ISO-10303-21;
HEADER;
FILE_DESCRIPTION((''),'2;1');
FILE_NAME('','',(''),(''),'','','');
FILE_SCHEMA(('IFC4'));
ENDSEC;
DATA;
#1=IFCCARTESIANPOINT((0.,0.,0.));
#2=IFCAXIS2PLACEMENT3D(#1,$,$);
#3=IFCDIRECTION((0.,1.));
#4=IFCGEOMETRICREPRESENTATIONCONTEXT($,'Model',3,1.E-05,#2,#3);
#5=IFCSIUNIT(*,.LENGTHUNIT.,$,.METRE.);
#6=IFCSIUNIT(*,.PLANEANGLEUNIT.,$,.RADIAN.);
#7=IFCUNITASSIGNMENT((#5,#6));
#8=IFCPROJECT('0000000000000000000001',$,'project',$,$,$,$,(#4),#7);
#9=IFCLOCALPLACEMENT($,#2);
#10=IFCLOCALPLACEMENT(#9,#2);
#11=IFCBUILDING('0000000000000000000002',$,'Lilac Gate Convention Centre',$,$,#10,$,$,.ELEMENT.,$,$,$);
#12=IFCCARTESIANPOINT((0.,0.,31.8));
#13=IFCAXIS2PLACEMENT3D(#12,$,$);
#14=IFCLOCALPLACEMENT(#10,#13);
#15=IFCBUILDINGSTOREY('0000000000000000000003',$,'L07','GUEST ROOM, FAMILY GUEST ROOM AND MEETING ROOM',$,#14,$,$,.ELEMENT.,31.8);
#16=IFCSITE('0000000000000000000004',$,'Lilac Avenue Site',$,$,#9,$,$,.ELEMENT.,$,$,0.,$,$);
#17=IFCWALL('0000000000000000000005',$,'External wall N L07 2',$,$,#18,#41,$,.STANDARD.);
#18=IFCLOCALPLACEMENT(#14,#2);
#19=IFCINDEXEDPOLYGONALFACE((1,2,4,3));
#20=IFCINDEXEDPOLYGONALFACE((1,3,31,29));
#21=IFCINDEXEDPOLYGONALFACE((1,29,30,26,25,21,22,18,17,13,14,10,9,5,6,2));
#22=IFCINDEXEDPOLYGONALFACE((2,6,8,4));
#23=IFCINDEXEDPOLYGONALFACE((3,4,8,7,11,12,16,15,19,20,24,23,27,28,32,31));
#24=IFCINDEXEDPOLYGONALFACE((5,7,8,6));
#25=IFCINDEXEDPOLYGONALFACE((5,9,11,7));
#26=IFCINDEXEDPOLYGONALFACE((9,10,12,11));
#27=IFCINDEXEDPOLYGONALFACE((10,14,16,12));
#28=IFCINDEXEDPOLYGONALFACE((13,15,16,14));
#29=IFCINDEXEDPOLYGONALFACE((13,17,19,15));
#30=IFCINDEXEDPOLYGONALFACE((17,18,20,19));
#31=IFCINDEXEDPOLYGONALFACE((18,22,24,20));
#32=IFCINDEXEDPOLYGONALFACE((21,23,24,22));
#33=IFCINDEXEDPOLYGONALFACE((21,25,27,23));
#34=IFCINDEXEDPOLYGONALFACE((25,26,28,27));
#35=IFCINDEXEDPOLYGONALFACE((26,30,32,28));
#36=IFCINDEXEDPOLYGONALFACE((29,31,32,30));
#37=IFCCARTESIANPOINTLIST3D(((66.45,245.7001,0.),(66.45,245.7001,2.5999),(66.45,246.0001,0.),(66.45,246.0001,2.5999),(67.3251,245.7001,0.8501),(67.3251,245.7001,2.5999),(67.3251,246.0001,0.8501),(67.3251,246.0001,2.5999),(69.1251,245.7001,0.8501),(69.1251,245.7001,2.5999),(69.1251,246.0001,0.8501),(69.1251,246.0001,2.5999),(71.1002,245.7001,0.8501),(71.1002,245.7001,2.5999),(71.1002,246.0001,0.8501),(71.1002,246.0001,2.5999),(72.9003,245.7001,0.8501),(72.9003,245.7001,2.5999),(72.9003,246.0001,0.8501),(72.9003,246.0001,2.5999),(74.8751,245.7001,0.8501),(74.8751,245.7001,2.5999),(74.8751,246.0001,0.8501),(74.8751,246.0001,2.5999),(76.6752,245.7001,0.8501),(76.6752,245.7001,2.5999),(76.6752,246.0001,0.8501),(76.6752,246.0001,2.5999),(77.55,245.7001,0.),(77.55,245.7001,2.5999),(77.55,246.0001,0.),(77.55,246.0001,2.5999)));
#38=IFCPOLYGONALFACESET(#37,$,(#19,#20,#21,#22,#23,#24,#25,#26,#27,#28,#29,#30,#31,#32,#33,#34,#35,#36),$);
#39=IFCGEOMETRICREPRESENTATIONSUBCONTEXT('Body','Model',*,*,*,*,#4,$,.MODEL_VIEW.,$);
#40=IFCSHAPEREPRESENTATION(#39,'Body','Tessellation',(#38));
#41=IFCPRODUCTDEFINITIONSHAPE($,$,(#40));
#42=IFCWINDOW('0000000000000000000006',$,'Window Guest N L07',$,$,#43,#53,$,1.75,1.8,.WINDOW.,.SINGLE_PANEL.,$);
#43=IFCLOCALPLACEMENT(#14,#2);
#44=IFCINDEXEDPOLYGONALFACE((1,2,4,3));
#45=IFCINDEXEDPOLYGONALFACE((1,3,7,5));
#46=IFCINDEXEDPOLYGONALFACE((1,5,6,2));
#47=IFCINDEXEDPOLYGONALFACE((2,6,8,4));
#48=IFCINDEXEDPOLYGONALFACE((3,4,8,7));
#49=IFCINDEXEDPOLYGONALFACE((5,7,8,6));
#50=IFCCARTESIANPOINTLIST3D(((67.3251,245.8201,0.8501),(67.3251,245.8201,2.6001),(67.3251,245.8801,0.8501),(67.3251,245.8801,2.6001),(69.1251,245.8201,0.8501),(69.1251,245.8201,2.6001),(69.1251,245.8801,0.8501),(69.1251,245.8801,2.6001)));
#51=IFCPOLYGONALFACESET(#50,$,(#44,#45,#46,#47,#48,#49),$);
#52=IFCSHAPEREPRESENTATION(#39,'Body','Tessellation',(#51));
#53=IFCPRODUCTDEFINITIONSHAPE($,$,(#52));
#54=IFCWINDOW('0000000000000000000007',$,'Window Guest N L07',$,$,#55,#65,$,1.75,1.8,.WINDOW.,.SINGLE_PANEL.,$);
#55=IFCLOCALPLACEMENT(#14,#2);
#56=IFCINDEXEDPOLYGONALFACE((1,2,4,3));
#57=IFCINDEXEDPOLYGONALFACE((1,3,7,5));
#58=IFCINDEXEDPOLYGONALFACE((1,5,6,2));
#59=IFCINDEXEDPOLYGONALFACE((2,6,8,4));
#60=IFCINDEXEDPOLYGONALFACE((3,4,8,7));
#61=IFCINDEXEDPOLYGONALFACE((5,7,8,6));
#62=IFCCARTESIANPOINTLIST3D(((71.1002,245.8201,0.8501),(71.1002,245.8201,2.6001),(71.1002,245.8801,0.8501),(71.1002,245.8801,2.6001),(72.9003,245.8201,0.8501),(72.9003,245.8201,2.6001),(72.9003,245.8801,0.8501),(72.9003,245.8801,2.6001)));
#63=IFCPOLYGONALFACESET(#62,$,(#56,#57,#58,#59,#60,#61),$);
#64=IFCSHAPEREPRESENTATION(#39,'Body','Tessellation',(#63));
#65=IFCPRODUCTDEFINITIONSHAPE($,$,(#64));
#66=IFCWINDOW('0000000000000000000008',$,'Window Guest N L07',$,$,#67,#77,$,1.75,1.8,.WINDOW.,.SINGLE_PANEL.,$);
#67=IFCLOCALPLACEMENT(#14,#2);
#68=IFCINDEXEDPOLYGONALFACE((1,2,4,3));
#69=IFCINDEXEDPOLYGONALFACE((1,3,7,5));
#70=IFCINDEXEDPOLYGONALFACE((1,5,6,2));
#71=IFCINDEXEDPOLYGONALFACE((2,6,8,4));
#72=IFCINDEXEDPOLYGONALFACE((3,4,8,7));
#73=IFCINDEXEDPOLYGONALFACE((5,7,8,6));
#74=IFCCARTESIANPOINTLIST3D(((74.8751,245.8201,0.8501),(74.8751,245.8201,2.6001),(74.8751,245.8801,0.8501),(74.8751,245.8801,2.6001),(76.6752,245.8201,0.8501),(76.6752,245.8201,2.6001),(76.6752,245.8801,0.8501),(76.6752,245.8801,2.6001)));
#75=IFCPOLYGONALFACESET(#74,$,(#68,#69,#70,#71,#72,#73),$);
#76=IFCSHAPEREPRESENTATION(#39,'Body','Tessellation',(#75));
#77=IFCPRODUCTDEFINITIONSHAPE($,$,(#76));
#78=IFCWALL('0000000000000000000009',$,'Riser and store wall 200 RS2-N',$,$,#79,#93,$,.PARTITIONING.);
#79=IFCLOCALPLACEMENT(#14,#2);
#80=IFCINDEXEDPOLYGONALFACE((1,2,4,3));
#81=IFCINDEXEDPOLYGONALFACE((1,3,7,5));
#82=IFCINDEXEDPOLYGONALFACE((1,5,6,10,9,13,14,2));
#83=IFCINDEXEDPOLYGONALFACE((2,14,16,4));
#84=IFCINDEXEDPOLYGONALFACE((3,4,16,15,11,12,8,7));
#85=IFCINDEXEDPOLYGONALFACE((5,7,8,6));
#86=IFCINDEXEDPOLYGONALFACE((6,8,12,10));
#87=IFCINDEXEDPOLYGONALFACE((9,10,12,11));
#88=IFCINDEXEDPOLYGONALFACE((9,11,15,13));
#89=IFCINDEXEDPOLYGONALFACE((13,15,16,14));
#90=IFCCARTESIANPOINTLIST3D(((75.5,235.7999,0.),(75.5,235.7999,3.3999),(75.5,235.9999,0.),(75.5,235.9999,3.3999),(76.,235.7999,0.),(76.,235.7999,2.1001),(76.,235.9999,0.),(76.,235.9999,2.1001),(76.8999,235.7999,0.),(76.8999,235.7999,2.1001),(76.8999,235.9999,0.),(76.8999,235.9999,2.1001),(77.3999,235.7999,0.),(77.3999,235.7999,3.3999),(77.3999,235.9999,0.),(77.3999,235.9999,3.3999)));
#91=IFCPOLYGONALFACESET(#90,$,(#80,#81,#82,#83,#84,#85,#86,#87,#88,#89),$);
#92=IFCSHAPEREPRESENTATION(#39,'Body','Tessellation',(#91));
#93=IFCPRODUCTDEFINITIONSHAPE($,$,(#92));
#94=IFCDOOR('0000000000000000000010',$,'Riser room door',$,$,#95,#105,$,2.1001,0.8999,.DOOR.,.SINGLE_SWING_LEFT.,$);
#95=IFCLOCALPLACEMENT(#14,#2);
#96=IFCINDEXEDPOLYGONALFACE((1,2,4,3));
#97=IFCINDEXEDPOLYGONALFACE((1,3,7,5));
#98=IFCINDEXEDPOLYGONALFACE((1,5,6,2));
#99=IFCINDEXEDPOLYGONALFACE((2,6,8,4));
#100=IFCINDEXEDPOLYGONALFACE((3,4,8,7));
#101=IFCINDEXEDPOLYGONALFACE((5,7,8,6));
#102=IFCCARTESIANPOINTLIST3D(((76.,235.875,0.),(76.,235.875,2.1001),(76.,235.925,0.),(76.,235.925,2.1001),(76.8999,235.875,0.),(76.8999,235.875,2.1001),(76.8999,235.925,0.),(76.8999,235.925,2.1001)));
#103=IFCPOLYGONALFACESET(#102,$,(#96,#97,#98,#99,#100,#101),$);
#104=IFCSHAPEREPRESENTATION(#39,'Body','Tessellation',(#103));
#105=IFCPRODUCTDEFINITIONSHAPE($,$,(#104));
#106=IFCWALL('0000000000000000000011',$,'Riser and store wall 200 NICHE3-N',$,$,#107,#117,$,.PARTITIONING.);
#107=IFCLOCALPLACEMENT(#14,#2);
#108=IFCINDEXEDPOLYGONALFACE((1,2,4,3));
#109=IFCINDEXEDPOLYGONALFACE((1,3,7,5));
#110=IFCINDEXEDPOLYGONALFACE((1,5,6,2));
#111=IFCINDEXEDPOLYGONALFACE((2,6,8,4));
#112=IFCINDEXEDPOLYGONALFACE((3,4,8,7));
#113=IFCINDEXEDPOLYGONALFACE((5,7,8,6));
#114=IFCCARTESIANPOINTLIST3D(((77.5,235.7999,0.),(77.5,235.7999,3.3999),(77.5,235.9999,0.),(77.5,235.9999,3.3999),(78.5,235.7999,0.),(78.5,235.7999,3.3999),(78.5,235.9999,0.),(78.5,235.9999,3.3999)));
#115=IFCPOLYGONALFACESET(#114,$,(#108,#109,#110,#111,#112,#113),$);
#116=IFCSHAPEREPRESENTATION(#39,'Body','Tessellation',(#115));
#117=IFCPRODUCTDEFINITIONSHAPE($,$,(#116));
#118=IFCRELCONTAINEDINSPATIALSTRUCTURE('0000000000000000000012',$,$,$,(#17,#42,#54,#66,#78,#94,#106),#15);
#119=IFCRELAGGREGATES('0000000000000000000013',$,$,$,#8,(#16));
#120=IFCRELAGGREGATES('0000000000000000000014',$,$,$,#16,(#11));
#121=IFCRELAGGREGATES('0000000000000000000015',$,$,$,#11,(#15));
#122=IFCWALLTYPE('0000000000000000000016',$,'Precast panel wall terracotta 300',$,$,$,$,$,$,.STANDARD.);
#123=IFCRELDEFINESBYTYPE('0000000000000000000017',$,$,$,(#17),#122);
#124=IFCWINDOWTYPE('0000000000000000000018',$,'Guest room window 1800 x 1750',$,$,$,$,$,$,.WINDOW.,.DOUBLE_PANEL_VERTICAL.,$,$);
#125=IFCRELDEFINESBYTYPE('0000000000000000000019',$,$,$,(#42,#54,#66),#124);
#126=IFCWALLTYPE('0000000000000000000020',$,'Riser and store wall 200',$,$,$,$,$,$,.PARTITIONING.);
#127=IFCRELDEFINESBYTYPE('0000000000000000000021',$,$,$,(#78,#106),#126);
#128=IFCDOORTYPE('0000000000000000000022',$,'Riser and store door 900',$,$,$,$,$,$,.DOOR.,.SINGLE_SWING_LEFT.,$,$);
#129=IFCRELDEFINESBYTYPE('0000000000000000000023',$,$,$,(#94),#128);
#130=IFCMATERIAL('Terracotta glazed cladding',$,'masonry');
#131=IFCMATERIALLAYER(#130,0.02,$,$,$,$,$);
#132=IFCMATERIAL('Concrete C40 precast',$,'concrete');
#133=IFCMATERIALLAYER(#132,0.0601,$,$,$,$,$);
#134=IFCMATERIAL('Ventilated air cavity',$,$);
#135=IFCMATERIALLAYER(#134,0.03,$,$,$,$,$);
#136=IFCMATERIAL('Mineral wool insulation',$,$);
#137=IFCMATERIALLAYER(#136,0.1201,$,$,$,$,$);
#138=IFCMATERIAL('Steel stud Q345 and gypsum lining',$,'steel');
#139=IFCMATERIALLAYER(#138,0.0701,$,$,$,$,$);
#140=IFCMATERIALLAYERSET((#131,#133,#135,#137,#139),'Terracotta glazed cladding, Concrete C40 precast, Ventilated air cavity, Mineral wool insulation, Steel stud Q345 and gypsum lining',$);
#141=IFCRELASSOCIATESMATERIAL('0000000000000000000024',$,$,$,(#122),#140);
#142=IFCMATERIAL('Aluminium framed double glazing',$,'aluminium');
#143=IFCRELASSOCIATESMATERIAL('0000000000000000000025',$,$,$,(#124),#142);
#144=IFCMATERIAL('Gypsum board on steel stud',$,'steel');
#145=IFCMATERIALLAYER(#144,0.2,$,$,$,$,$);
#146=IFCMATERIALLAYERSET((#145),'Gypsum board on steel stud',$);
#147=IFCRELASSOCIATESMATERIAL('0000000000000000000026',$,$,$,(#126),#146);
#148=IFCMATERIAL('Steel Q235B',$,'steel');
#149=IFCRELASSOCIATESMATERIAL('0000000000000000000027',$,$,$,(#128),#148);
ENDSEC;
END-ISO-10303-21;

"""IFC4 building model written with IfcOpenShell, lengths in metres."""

from ifc_helpers import new_model, si_unit, direction, frame, frame_2d, origin, place, context, subcontext, project, spatial, rectangle, extrude, material, layer, layer_set, type_object, element, fill, save


model = new_model("IFC4")

# Units and contexts
model_context = context("Model", 3, precision=1e-05, world=origin(), true_north=direction((0.0, 1.0)))
body_context = subcontext(model_context, "Body", "Model", "MODEL_VIEW")
ifc_project = project(units=[si_unit("LENGTHUNIT", "METRE"), si_unit("PLANEANGLEUNIT", "RADIAN")], contexts=[model_context])

# Site, building, storey
site_placement = place(None, origin())
site = spatial("IfcSite", under=ifc_project, at=site_placement, Name="Lilac Avenue Site", CompositionType="ELEMENT", RefElevation=0.0)
building_placement = place(site_placement, origin())
building = spatial("IfcBuilding", under=site, at=building_placement, Name="Lilac Gate Convention Centre", CompositionType="ELEMENT")
storey_placement = place(building_placement, frame((0.0, 0.0, 31.8)))
storey = spatial("IfcBuildingStorey", under=building, at=storey_placement, Name="L07", Description="GUEST ROOM, FAMILY GUEST ROOM AND MEETING ROOM", CompositionType="ELEMENT", Elevation=31.8)

# Shared definitions
ifc_material_1 = material(Name="Gypsum board on steel stud", Category="steel")

# Wall, openings, windows
ifc_material_2 = material(Name="Terracotta glazed cladding", Category="masonry")
ifc_layer_1 = layer(ifc_material_2, 0.02)
ifc_material_3 = material(Name="Concrete C40 precast", Category="concrete")
ifc_layer_2 = layer(ifc_material_3, 0.0601)
ifc_material_4 = material(Name="Ventilated air cavity")
ifc_layer_3 = layer(ifc_material_4, 0.03)
ifc_material_5 = material(Name="Mineral wool insulation")
ifc_layer_4 = layer(ifc_material_5, 0.1201)
ifc_material_6 = material(Name="Steel stud Q345 and gypsum lining", Category="steel")
ifc_layer_5 = layer(ifc_material_6, 0.0701)
ifc_layer_set_1 = layer_set([ifc_layer_1, ifc_layer_2, ifc_layer_3, ifc_layer_4, ifc_layer_5], Name="Terracotta glazed cladding, Concrete C40 precast, Ventilated air cavity, Mineral wool insulation, Steel stud Q345 and gypsum lining")
wall_type_1 = type_object("IfcWallType", Name="Precast panel wall terracotta 300", PredefinedType="STANDARD", material=ifc_layer_set_1)
wall_1_placement = place(storey_placement, frame((77.55, 245.8501, 0.0), z_axis=(0.0, 0.0, 1.0), x_axis=(-1.0, 0.0, 0.0)))
wall_1 = element("IfcWall", 1, at=wall_1_placement, inside=storey, type_object=wall_type_1, Name="External wall N L07 2", PredefinedType="STANDARD", context=body_context, shape_type="SweptSolid", body=[
    extrude(rectangle(XDim=11.1001, YDim=0.3, at=frame_2d((5.55, 0.0))), origin(), (0.0, 0.0, 1.0), 2.5999),
])
opening_1_placement = place(wall_1_placement, frame((8.425, 0.0, 0.8501)))
opening_1 = element("IfcOpeningElement", 2, at=opening_1_placement, cuts=wall_1, PredefinedType="OPENING", context=body_context, shape_type="SweptSolid", body=[
    extrude(rectangle(XDim=1.8, YDim=1.75, at=frame_2d((0.8999, 0.875))), frame((0.0, 0.1599, 0.0), z_axis=(0.0, -1.0, 0.0), x_axis=(1.0, 0.0, 0.0)), (0.0, 0.0, 1.0), 0.3201),
])
opening_2_placement = place(wall_1_placement, frame((4.6499, 0.0, 0.8501)))
opening_2 = element("IfcOpeningElement", 3, at=opening_2_placement, cuts=wall_1, PredefinedType="OPENING", context=body_context, shape_type="SweptSolid", body=[
    extrude(rectangle(XDim=1.8, YDim=1.75, at=frame_2d((0.8999, 0.875))), frame((0.0, 0.1599, 0.0), z_axis=(0.0, -1.0, 0.0), x_axis=(1.0, 0.0, 0.0)), (0.0, 0.0, 1.0), 0.3201),
])
opening_3_placement = place(wall_1_placement, frame((0.875, 0.0, 0.8501)))
opening_3 = element("IfcOpeningElement", 4, at=opening_3_placement, cuts=wall_1, PredefinedType="OPENING", context=body_context, shape_type="SweptSolid", body=[
    extrude(rectangle(XDim=1.8, YDim=1.75, at=frame_2d((0.8999, 0.875))), frame((0.0, 0.1599, 0.0), z_axis=(0.0, -1.0, 0.0), x_axis=(1.0, 0.0, 0.0)), (0.0, 0.0, 1.0), 0.3201),
])
ifc_material_7 = material(Name="Aluminium framed double glazing", Category="aluminium")
window_type = type_object("IfcWindowType", Name="Guest room window 1800 x 1750", PartitioningType="DOUBLE_PANEL_VERTICAL", PredefinedType="WINDOW", material=ifc_material_7)
window_1_placement = place(opening_1_placement, origin())
window_1 = element("IfcWindow", 5, at=window_1_placement, inside=storey, type_object=window_type, Name="Window Guest N L07", OverallHeight=1.75, OverallWidth=1.8, PartitioningType="SINGLE_PANEL", PredefinedType="WINDOW", context=body_context, shape_type="SweptSolid", body=[
    extrude(rectangle(XDim=1.8, YDim=1.75, at=frame_2d((0.8999, 0.875))), frame((0.0, 0.03, 0.0), z_axis=(0.0, -1.0, 0.0), x_axis=(1.0, 0.0, 0.0)), (0.0, 0.0, 1.0), 0.0601),
])
fill(opening_1, window_1)
window_2_placement = place(opening_2_placement, origin())
window_2 = element("IfcWindow", 6, at=window_2_placement, inside=storey, type_object=window_type, Name="Window Guest N L07", OverallHeight=1.75, OverallWidth=1.8, PartitioningType="SINGLE_PANEL", PredefinedType="WINDOW", context=body_context, shape_type="SweptSolid", body=[
    extrude(rectangle(XDim=1.8, YDim=1.75, at=frame_2d((0.8999, 0.875))), frame((0.0, 0.03, 0.0), z_axis=(0.0, -1.0, 0.0), x_axis=(1.0, 0.0, 0.0)), (0.0, 0.0, 1.0), 0.0601),
])
fill(opening_2, window_2)
window_3_placement = place(opening_3_placement, origin())
window_3 = element("IfcWindow", 7, at=window_3_placement, inside=storey, type_object=window_type, Name="Window Guest N L07", OverallHeight=1.75, OverallWidth=1.8, PartitioningType="SINGLE_PANEL", PredefinedType="WINDOW", context=body_context, shape_type="SweptSolid", body=[
    extrude(rectangle(XDim=1.8, YDim=1.75, at=frame_2d((0.8999, 0.875))), frame((0.0, 0.03, 0.0), z_axis=(0.0, -1.0, 0.0), x_axis=(1.0, 0.0, 0.0)), (0.0, 0.0, 1.0), 0.0601),
])
fill(opening_3, window_3)

# Wall, opening, door
ifc_layer_6 = layer(ifc_material_1, 0.2)
ifc_layer_set_2 = layer_set([ifc_layer_6], Name="Gypsum board on steel stud")
wall_type_2 = type_object("IfcWallType", Name="Riser and store wall 200", PredefinedType="PARTITIONING", material=ifc_layer_set_2)
wall_2_placement = place(storey_placement, frame((77.3999, 235.8999, 0.0), z_axis=(0.0, 0.0, 1.0), x_axis=(-1.0, 0.0, 0.0)))
wall_2 = element("IfcWall", 8, at=wall_2_placement, inside=storey, type_object=wall_type_2, Name="Riser and store wall 200 RS2-N", PredefinedType="PARTITIONING", context=body_context, shape_type="SweptSolid", body=[
    extrude(rectangle(XDim=1.8999, YDim=0.2, at=frame_2d((0.95, 0.0))), origin(), (0.0, 0.0, 1.0), 3.3999),
])
opening_4_placement = place(wall_2_placement, frame((0.5, 0.0, 0.0)))
opening_4 = element("IfcOpeningElement", 9, at=opening_4_placement, cuts=wall_2, PredefinedType="OPENING", context=body_context, shape_type="SweptSolid", body=[
    extrude(rectangle(XDim=0.8999, YDim=2.1001, at=frame_2d((0.45, 1.05))), frame((0.0, 0.1099, 0.0), z_axis=(0.0, -1.0, 0.0), x_axis=(1.0, 0.0, 0.0)), (0.0, 0.0, 1.0), 0.22),
])
ifc_material_8 = material(Name="Steel Q235B", Category="steel")
door_type_1 = type_object("IfcDoorType", Name="Riser and store door 900", OperationType="SINGLE_SWING_LEFT", PredefinedType="DOOR", material=ifc_material_8)
door_1_placement = place(opening_4_placement, origin())
door_1 = element("IfcDoor", 10, at=door_1_placement, inside=storey, type_object=door_type_1, Name="Riser room door", OperationType="SINGLE_SWING_LEFT", OverallHeight=2.1001, OverallWidth=0.8999, PredefinedType="DOOR", context=body_context, shape_type="SweptSolid", body=[
    extrude(rectangle(XDim=0.8999, YDim=2.1001, at=frame_2d((0.45, 1.05))), frame((0.0, 0.0249, 0.0), z_axis=(0.0, -1.0, 0.0), x_axis=(1.0, 0.0, 0.0)), (0.0, 0.0, 1.0), 0.05),
])
fill(opening_4, door_1)

# Wall
wall_3_placement = place(storey_placement, frame((77.5, 235.8999, 0.0), z_axis=(0.0, 0.0, 1.0), x_axis=(1.0, 0.0, 0.0)))
element("IfcWall", 11, at=wall_3_placement, inside=storey, type_object=wall_type_2, Name="Riser and store wall 200 NICHE3-N", PredefinedType="PARTITIONING", context=body_context, shape_type="SweptSolid", body=[
    extrude(rectangle(XDim=1.0, YDim=0.2, at=frame_2d((0.5, 0.0))), origin(), (0.0, 0.0, 1.0), 3.3999),
])

save(model, "model.ifc")
